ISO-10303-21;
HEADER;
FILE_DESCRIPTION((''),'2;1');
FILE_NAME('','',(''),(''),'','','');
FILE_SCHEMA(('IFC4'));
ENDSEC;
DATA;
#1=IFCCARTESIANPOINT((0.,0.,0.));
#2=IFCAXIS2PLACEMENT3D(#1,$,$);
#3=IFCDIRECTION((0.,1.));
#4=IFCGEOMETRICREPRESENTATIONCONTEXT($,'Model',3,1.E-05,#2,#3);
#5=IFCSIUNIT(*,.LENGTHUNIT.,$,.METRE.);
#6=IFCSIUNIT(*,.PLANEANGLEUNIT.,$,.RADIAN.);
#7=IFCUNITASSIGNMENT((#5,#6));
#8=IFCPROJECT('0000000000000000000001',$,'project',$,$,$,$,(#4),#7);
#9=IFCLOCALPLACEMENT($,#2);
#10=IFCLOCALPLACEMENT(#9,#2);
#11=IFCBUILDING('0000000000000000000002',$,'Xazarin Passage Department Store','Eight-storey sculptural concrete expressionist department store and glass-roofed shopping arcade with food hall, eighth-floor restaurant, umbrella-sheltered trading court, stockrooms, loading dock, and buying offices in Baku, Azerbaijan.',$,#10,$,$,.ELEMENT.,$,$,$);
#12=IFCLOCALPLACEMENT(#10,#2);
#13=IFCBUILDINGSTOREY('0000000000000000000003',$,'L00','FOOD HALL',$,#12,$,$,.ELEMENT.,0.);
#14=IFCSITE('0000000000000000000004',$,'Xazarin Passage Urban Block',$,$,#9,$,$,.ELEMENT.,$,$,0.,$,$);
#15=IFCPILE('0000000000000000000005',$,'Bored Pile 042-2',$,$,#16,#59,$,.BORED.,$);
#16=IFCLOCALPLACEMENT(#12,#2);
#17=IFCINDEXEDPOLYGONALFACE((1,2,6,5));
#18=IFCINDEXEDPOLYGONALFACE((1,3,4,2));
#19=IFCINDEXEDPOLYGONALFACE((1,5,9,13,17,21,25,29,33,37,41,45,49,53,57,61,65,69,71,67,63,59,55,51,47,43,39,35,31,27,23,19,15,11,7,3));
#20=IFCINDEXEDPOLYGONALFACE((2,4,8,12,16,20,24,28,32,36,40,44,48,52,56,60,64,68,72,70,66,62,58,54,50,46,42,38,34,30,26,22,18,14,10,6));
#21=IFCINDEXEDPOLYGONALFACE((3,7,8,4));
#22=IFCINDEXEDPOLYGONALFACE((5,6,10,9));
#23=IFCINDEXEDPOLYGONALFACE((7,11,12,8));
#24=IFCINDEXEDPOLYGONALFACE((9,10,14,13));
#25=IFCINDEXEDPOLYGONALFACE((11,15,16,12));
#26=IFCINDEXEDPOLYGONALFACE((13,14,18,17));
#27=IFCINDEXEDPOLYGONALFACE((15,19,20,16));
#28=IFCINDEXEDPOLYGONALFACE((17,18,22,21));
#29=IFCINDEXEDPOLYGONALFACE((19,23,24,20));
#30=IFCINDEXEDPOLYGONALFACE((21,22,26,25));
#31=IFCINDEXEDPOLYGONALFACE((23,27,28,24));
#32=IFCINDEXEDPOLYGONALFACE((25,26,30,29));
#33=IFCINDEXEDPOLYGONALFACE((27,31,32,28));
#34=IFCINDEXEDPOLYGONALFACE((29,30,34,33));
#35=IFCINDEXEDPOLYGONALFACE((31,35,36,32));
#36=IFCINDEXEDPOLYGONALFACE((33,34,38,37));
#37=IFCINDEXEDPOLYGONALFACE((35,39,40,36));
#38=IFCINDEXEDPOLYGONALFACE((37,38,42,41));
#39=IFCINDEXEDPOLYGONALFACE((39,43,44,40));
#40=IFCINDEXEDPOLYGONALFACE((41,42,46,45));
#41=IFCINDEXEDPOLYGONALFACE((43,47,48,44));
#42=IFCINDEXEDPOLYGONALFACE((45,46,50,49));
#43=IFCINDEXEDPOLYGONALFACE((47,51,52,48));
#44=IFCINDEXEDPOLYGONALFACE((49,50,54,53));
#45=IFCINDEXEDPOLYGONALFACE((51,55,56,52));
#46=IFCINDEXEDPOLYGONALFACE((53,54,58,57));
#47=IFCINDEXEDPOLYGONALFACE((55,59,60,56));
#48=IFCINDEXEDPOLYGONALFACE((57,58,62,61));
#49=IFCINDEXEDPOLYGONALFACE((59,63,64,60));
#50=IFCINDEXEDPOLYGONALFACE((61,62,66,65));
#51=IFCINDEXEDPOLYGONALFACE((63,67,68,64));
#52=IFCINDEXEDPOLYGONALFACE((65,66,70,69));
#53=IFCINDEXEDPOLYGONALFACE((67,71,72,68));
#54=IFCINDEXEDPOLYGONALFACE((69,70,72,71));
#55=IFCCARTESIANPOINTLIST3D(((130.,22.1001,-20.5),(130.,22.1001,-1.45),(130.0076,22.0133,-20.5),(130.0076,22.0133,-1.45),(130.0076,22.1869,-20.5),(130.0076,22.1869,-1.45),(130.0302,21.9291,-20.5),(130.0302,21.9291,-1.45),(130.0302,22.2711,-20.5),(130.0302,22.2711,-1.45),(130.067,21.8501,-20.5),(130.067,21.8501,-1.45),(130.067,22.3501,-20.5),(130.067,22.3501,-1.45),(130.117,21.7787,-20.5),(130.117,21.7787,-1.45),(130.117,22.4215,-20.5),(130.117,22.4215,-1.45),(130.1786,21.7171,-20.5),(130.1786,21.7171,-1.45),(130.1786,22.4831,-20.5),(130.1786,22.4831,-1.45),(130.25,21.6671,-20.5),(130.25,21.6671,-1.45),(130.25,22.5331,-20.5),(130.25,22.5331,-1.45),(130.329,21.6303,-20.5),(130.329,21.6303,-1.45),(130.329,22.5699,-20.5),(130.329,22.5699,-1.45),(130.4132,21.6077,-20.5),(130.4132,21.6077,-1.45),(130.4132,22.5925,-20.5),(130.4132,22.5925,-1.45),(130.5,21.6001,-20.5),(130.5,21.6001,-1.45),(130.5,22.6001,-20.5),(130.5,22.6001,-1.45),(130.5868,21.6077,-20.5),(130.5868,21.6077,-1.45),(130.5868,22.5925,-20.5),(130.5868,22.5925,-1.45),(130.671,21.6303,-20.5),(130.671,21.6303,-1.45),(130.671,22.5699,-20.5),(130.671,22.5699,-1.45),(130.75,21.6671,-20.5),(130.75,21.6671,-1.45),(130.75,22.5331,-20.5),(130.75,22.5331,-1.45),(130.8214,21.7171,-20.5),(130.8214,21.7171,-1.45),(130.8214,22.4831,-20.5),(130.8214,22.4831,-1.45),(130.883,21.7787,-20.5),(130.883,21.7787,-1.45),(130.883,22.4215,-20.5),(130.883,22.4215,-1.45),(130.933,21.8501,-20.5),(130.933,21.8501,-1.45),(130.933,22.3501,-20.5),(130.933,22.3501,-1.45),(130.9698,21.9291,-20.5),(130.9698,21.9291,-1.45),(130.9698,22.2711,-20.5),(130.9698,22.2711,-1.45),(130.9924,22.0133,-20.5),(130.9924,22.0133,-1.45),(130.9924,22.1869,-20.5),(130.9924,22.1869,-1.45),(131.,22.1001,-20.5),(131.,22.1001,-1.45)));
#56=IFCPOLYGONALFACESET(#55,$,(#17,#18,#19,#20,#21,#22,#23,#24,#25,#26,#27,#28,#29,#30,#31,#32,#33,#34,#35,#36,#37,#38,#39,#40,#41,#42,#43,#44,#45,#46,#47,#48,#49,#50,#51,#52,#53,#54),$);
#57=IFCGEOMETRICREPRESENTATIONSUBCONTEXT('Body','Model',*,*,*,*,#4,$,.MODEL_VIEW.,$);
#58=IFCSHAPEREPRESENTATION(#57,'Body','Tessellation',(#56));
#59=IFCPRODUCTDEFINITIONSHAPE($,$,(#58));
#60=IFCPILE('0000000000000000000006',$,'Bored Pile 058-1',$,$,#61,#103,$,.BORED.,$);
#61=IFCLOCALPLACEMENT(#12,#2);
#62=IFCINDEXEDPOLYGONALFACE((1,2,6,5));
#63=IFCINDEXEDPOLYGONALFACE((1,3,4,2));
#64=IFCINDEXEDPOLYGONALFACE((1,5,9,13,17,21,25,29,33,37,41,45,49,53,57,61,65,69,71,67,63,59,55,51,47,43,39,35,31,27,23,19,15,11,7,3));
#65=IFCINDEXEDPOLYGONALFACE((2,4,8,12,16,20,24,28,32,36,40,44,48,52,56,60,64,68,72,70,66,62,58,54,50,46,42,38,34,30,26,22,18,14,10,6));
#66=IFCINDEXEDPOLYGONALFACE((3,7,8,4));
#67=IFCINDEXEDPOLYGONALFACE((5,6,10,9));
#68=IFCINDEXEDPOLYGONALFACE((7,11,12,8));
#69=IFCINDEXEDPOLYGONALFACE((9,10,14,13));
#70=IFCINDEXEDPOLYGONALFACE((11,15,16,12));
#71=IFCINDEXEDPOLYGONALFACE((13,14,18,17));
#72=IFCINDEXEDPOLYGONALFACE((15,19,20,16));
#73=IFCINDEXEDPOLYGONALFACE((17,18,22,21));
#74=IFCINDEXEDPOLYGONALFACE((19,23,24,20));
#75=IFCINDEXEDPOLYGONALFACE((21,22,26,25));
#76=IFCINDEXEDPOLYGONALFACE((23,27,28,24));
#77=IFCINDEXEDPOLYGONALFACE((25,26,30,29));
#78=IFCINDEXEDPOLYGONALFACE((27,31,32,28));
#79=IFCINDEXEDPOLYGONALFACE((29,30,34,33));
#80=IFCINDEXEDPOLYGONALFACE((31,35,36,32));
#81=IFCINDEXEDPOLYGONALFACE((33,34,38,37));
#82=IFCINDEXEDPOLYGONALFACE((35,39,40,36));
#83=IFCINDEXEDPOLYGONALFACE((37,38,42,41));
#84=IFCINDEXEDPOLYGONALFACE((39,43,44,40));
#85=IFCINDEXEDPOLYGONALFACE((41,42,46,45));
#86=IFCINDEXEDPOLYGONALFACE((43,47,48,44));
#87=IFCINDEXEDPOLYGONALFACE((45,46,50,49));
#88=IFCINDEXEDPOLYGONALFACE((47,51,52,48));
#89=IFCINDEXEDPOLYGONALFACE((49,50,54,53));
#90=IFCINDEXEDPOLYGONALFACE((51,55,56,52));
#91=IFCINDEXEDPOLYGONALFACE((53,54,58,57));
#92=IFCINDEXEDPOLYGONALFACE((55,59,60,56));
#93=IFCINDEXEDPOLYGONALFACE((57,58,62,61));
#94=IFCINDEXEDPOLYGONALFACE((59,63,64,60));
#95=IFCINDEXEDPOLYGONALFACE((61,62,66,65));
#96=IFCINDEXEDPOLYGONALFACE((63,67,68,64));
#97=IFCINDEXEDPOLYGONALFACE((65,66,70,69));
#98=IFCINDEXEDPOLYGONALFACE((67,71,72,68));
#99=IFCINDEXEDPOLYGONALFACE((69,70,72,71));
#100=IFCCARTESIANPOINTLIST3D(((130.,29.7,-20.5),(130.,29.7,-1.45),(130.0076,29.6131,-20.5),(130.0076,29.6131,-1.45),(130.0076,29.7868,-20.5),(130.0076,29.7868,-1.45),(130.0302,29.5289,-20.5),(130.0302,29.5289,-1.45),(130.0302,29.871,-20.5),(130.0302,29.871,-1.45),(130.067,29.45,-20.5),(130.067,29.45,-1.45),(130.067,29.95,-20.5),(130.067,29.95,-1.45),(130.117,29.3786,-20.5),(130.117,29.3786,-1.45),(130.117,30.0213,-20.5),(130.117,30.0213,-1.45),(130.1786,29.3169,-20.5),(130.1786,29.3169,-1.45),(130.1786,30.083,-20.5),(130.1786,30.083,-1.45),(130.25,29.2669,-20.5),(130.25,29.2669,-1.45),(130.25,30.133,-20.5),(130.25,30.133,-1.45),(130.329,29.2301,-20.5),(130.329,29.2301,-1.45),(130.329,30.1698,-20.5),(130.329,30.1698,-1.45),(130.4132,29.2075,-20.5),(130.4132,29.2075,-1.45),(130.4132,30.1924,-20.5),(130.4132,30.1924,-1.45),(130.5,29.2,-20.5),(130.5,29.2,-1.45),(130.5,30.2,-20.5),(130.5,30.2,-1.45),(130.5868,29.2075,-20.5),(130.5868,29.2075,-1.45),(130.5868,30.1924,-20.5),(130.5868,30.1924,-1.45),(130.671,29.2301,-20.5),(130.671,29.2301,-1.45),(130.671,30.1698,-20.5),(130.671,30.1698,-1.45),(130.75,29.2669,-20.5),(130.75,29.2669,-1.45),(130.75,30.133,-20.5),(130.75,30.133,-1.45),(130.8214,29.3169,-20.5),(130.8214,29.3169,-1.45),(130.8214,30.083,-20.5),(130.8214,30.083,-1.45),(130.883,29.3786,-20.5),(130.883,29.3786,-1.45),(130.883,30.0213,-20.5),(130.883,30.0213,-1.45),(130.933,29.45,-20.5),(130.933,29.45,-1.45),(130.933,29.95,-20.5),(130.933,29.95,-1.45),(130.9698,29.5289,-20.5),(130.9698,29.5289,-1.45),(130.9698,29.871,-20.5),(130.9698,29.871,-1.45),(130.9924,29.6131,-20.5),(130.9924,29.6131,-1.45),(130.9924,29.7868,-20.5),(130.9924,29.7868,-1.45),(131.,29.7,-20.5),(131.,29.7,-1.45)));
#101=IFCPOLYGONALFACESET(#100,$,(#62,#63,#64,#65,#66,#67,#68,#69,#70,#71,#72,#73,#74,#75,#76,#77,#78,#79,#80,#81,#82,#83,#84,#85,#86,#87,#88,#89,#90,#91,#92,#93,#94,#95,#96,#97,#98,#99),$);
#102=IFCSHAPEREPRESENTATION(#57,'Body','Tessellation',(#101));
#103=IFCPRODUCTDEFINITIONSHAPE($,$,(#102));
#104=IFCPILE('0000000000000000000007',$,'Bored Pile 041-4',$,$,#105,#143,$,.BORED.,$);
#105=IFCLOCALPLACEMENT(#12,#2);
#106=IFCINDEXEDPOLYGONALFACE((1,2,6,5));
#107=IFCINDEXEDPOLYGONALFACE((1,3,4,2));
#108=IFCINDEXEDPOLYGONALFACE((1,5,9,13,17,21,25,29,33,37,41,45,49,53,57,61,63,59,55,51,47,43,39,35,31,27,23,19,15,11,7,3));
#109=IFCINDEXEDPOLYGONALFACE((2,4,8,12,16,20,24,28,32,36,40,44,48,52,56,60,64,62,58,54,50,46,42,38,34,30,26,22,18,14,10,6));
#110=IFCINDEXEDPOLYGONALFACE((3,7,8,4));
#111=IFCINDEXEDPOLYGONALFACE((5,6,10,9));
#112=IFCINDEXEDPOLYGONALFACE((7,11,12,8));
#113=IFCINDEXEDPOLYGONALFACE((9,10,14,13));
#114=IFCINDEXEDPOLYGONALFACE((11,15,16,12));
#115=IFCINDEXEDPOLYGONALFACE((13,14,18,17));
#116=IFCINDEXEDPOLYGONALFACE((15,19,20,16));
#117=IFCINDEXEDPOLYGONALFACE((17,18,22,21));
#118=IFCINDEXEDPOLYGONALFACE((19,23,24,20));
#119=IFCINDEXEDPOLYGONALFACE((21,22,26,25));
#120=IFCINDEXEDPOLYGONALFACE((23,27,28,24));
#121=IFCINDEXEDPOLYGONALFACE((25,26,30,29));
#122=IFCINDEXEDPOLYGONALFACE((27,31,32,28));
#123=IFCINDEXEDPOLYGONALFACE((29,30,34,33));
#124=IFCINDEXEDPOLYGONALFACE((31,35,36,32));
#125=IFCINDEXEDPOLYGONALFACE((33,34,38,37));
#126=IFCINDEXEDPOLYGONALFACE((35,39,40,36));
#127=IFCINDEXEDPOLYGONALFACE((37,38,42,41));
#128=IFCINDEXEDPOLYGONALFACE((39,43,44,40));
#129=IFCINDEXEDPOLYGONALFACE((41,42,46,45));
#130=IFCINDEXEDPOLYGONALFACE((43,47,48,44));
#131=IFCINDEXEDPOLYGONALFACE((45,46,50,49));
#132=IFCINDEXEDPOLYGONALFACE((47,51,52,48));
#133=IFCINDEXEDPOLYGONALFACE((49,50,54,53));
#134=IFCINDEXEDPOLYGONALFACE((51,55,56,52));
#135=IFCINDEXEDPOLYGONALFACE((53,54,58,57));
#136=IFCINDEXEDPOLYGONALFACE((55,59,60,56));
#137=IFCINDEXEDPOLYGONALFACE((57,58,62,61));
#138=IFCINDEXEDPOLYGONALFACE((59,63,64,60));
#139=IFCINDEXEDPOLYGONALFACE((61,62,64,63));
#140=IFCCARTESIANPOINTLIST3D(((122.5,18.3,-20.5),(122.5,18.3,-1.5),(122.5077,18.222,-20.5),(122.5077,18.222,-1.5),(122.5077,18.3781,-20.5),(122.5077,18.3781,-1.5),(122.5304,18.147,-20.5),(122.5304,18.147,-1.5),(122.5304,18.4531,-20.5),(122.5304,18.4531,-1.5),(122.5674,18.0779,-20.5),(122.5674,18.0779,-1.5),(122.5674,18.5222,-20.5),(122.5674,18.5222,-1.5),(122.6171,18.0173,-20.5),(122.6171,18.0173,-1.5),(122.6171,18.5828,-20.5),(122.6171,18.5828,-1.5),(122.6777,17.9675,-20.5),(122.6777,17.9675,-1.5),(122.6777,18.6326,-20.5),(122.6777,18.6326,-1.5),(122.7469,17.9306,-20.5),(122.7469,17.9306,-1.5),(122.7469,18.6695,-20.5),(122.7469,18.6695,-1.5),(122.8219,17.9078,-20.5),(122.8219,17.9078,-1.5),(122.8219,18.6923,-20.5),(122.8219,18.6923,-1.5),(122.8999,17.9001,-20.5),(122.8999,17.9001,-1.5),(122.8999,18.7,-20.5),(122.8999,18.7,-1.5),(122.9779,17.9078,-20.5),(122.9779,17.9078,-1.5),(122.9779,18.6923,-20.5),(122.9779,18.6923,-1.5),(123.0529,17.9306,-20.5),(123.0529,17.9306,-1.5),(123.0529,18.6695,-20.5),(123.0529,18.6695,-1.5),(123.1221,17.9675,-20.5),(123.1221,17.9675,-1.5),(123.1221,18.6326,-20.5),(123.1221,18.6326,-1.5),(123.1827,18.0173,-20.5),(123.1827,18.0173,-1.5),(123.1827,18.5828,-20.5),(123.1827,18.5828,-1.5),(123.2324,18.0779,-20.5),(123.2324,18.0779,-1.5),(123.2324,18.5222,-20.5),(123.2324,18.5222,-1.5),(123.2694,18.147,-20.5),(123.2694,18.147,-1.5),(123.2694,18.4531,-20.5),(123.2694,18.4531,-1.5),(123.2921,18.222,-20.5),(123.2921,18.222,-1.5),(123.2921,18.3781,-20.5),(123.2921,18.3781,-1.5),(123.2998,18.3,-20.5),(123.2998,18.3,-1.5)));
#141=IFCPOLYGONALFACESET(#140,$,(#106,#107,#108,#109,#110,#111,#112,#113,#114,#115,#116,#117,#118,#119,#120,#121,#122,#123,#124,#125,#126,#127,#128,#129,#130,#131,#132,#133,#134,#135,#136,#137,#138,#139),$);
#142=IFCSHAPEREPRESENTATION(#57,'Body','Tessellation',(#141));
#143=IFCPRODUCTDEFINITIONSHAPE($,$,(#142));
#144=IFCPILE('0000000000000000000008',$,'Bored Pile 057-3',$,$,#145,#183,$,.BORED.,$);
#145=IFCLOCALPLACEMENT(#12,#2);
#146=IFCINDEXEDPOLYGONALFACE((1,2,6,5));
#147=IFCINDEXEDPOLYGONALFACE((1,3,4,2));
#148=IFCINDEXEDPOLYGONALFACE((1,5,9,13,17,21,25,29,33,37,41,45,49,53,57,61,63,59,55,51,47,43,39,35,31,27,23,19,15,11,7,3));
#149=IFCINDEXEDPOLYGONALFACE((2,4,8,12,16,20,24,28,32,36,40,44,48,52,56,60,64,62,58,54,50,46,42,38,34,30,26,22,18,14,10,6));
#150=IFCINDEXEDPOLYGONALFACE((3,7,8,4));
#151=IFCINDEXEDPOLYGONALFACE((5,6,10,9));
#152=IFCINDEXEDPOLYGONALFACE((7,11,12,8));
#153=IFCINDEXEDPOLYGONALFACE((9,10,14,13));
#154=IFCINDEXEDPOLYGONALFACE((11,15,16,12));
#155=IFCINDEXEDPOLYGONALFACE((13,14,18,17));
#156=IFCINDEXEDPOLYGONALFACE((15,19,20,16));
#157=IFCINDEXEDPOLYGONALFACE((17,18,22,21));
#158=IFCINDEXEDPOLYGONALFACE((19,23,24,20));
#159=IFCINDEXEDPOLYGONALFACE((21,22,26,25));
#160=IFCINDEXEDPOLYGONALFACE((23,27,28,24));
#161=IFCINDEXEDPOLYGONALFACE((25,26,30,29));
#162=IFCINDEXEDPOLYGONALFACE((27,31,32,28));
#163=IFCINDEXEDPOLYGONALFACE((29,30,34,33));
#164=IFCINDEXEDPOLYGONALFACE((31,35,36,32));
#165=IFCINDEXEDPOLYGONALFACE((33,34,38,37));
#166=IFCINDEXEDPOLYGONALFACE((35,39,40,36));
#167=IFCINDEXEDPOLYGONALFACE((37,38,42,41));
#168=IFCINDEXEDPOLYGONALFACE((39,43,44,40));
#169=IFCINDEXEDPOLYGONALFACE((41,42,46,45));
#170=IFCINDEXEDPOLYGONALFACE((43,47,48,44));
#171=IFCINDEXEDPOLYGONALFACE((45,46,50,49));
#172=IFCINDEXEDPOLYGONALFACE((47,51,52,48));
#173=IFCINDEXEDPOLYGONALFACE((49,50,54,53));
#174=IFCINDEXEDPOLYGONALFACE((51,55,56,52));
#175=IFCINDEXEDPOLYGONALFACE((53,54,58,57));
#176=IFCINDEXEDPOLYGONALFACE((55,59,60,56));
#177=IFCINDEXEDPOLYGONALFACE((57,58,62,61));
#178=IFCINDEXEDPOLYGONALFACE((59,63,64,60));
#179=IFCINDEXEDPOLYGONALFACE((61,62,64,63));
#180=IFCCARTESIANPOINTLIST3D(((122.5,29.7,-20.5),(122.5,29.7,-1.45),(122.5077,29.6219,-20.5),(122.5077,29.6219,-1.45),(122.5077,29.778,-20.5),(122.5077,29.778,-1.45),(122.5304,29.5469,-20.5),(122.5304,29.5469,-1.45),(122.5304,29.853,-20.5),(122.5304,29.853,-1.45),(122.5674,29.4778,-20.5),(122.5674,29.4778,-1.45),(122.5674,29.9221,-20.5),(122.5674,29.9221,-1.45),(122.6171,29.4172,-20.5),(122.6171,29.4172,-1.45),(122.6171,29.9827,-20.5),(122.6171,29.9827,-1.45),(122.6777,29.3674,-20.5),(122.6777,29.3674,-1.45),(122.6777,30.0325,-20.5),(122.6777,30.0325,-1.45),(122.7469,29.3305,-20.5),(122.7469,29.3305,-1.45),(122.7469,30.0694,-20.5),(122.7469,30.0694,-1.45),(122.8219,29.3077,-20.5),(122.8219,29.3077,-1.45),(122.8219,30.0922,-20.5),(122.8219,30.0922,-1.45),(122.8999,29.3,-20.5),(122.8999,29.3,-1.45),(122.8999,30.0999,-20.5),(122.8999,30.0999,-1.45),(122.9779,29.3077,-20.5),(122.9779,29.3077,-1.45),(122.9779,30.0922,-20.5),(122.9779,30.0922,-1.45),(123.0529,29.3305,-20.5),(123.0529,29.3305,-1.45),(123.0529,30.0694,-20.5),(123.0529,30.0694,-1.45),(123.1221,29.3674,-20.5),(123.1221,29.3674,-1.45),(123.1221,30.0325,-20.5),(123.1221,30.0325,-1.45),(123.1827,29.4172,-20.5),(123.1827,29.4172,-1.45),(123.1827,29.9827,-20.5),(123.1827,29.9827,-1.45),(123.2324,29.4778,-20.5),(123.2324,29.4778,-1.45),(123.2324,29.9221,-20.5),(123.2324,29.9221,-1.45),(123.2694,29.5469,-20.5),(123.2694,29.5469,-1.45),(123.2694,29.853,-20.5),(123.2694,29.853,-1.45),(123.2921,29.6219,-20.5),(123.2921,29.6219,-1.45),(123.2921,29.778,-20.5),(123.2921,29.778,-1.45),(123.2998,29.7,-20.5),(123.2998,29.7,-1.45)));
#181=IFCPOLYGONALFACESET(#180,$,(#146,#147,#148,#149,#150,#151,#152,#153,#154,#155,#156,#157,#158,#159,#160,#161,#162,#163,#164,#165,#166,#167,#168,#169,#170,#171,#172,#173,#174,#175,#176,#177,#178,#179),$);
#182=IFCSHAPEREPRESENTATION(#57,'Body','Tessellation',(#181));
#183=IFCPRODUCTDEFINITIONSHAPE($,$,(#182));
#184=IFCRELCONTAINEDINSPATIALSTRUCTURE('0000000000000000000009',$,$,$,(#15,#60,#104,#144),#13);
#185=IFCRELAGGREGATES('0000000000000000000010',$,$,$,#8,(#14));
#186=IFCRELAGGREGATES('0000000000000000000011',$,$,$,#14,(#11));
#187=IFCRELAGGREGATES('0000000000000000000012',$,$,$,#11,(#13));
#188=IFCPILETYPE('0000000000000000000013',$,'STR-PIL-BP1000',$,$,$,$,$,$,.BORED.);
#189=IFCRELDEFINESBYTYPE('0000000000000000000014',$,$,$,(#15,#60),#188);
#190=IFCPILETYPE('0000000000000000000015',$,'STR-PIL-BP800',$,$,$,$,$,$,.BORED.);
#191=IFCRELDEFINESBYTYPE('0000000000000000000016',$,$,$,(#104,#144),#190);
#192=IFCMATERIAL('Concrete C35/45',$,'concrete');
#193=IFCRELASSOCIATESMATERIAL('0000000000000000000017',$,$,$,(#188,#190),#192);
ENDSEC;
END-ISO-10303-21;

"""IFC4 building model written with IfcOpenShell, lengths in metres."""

from ifc_helpers import new_model, si_unit, direction, frame, origin, origin_2d, place, context, subcontext, project, spatial, circle, extrude, material, material_profile, profile_set, type_object, element, save


model = new_model("IFC4")

# Units and contexts
model_context = context("Model", 3, precision=1e-05, world=origin(), true_north=direction((0.0, 1.0)))
body_context = subcontext(model_context, "Body", "Model", "MODEL_VIEW")
ifc_project = project(units=[si_unit("LENGTHUNIT", "METRE"), si_unit("PLANEANGLEUNIT", "RADIAN")], contexts=[model_context])

# Site, building, storey
site_placement = place(None, origin())
site = spatial("IfcSite", under=ifc_project, at=site_placement, Name="Xazarin Passage Urban Block", CompositionType="ELEMENT", RefElevation=0.0)
building_placement = place(site_placement, origin())
building = spatial("IfcBuilding", under=site, at=building_placement, Name="Xazarin Passage Department Store", Description="Eight-storey sculptural concrete expressionist department store and glass-roofed shopping arcade with food hall, eighth-floor restaurant, umbrella-sheltered trading court, stockrooms, loading dock, and buying offices in Baku, Azerbaijan.", CompositionType="ELEMENT")
storey_placement = place(building_placement, origin())
storey = spatial("IfcBuildingStorey", under=building, at=storey_placement, Name="L00", Description="FOOD HALL", CompositionType="ELEMENT", Elevation=0.0)

# Shared definitions
ifc_material_1 = material(Name="Concrete C35/45", Category="concrete")

# Piles
ifc_material_profile_1 = material_profile(ifc_material_1, circle(Radius=0.5, at=origin_2d()), Name="BP 1000")
ifc_profile_set_1 = profile_set([ifc_material_profile_1], Name="Concrete C35/45")
pile_type_1 = type_object("IfcPileType", Name="STR-PIL-BP1000", PredefinedType="BORED", material=ifc_profile_set_1)
for number, where, z_axis, x_axis, name in (
    (1, (130.5, 22.1001, -1.45), (0.0, 0.0, -1.0), (1.0, 0.0, 0.0), "Bored Pile 042-2"),
    (2, (130.5, 29.7, -1.45), (0.0, 0.0, -1.0), (1.0, 0.0, 0.0), "Bored Pile 058-1"),
):
    element("IfcPile", number, at=place(storey_placement, frame(where, z_axis=z_axis, x_axis=x_axis)), inside=storey, type_object=pile_type_1, Name=name, PredefinedType="BORED", context=body_context, shape_type="SweptSolid", body=[
        extrude(circle(Radius=0.5, at=origin_2d()), origin(), (0.0, 0.0, 1.0), 19.05),
    ])
ifc_material_profile_2 = material_profile(ifc_material_1, circle(Radius=0.3999, at=origin_2d()), Name="BP 800")
ifc_profile_set_2 = profile_set([ifc_material_profile_2], Name="Concrete C35/45")
pile_type_2 = type_object("IfcPileType", Name="STR-PIL-BP800", PredefinedType="BORED", material=ifc_profile_set_2)
pile_1_placement = place(storey_placement, frame((122.8999, 18.3, -1.5), z_axis=(0.0, 0.0, -1.0), x_axis=(1.0, 0.0, 0.0)))
element("IfcPile", 3, at=pile_1_placement, inside=storey, type_object=pile_type_2, Name="Bored Pile 041-4", PredefinedType="BORED", context=body_context, shape_type="SweptSolid", body=[
    extrude(circle(Radius=0.3999, at=origin_2d()), origin(), (0.0, 0.0, 1.0), 19.0),
])
pile_2_placement = place(storey_placement, frame((122.8999, 29.7, -1.45), z_axis=(0.0, 0.0, -1.0), x_axis=(1.0, 0.0, 0.0)))
element("IfcPile", 4, at=pile_2_placement, inside=storey, type_object=pile_type_2, Name="Bored Pile 057-3", PredefinedType="BORED", context=body_context, shape_type="SweptSolid", body=[
    extrude(circle(Radius=0.3999, at=origin_2d()), origin(), (0.0, 0.0, 1.0), 19.05),
])

save(model, "model.ifc")
